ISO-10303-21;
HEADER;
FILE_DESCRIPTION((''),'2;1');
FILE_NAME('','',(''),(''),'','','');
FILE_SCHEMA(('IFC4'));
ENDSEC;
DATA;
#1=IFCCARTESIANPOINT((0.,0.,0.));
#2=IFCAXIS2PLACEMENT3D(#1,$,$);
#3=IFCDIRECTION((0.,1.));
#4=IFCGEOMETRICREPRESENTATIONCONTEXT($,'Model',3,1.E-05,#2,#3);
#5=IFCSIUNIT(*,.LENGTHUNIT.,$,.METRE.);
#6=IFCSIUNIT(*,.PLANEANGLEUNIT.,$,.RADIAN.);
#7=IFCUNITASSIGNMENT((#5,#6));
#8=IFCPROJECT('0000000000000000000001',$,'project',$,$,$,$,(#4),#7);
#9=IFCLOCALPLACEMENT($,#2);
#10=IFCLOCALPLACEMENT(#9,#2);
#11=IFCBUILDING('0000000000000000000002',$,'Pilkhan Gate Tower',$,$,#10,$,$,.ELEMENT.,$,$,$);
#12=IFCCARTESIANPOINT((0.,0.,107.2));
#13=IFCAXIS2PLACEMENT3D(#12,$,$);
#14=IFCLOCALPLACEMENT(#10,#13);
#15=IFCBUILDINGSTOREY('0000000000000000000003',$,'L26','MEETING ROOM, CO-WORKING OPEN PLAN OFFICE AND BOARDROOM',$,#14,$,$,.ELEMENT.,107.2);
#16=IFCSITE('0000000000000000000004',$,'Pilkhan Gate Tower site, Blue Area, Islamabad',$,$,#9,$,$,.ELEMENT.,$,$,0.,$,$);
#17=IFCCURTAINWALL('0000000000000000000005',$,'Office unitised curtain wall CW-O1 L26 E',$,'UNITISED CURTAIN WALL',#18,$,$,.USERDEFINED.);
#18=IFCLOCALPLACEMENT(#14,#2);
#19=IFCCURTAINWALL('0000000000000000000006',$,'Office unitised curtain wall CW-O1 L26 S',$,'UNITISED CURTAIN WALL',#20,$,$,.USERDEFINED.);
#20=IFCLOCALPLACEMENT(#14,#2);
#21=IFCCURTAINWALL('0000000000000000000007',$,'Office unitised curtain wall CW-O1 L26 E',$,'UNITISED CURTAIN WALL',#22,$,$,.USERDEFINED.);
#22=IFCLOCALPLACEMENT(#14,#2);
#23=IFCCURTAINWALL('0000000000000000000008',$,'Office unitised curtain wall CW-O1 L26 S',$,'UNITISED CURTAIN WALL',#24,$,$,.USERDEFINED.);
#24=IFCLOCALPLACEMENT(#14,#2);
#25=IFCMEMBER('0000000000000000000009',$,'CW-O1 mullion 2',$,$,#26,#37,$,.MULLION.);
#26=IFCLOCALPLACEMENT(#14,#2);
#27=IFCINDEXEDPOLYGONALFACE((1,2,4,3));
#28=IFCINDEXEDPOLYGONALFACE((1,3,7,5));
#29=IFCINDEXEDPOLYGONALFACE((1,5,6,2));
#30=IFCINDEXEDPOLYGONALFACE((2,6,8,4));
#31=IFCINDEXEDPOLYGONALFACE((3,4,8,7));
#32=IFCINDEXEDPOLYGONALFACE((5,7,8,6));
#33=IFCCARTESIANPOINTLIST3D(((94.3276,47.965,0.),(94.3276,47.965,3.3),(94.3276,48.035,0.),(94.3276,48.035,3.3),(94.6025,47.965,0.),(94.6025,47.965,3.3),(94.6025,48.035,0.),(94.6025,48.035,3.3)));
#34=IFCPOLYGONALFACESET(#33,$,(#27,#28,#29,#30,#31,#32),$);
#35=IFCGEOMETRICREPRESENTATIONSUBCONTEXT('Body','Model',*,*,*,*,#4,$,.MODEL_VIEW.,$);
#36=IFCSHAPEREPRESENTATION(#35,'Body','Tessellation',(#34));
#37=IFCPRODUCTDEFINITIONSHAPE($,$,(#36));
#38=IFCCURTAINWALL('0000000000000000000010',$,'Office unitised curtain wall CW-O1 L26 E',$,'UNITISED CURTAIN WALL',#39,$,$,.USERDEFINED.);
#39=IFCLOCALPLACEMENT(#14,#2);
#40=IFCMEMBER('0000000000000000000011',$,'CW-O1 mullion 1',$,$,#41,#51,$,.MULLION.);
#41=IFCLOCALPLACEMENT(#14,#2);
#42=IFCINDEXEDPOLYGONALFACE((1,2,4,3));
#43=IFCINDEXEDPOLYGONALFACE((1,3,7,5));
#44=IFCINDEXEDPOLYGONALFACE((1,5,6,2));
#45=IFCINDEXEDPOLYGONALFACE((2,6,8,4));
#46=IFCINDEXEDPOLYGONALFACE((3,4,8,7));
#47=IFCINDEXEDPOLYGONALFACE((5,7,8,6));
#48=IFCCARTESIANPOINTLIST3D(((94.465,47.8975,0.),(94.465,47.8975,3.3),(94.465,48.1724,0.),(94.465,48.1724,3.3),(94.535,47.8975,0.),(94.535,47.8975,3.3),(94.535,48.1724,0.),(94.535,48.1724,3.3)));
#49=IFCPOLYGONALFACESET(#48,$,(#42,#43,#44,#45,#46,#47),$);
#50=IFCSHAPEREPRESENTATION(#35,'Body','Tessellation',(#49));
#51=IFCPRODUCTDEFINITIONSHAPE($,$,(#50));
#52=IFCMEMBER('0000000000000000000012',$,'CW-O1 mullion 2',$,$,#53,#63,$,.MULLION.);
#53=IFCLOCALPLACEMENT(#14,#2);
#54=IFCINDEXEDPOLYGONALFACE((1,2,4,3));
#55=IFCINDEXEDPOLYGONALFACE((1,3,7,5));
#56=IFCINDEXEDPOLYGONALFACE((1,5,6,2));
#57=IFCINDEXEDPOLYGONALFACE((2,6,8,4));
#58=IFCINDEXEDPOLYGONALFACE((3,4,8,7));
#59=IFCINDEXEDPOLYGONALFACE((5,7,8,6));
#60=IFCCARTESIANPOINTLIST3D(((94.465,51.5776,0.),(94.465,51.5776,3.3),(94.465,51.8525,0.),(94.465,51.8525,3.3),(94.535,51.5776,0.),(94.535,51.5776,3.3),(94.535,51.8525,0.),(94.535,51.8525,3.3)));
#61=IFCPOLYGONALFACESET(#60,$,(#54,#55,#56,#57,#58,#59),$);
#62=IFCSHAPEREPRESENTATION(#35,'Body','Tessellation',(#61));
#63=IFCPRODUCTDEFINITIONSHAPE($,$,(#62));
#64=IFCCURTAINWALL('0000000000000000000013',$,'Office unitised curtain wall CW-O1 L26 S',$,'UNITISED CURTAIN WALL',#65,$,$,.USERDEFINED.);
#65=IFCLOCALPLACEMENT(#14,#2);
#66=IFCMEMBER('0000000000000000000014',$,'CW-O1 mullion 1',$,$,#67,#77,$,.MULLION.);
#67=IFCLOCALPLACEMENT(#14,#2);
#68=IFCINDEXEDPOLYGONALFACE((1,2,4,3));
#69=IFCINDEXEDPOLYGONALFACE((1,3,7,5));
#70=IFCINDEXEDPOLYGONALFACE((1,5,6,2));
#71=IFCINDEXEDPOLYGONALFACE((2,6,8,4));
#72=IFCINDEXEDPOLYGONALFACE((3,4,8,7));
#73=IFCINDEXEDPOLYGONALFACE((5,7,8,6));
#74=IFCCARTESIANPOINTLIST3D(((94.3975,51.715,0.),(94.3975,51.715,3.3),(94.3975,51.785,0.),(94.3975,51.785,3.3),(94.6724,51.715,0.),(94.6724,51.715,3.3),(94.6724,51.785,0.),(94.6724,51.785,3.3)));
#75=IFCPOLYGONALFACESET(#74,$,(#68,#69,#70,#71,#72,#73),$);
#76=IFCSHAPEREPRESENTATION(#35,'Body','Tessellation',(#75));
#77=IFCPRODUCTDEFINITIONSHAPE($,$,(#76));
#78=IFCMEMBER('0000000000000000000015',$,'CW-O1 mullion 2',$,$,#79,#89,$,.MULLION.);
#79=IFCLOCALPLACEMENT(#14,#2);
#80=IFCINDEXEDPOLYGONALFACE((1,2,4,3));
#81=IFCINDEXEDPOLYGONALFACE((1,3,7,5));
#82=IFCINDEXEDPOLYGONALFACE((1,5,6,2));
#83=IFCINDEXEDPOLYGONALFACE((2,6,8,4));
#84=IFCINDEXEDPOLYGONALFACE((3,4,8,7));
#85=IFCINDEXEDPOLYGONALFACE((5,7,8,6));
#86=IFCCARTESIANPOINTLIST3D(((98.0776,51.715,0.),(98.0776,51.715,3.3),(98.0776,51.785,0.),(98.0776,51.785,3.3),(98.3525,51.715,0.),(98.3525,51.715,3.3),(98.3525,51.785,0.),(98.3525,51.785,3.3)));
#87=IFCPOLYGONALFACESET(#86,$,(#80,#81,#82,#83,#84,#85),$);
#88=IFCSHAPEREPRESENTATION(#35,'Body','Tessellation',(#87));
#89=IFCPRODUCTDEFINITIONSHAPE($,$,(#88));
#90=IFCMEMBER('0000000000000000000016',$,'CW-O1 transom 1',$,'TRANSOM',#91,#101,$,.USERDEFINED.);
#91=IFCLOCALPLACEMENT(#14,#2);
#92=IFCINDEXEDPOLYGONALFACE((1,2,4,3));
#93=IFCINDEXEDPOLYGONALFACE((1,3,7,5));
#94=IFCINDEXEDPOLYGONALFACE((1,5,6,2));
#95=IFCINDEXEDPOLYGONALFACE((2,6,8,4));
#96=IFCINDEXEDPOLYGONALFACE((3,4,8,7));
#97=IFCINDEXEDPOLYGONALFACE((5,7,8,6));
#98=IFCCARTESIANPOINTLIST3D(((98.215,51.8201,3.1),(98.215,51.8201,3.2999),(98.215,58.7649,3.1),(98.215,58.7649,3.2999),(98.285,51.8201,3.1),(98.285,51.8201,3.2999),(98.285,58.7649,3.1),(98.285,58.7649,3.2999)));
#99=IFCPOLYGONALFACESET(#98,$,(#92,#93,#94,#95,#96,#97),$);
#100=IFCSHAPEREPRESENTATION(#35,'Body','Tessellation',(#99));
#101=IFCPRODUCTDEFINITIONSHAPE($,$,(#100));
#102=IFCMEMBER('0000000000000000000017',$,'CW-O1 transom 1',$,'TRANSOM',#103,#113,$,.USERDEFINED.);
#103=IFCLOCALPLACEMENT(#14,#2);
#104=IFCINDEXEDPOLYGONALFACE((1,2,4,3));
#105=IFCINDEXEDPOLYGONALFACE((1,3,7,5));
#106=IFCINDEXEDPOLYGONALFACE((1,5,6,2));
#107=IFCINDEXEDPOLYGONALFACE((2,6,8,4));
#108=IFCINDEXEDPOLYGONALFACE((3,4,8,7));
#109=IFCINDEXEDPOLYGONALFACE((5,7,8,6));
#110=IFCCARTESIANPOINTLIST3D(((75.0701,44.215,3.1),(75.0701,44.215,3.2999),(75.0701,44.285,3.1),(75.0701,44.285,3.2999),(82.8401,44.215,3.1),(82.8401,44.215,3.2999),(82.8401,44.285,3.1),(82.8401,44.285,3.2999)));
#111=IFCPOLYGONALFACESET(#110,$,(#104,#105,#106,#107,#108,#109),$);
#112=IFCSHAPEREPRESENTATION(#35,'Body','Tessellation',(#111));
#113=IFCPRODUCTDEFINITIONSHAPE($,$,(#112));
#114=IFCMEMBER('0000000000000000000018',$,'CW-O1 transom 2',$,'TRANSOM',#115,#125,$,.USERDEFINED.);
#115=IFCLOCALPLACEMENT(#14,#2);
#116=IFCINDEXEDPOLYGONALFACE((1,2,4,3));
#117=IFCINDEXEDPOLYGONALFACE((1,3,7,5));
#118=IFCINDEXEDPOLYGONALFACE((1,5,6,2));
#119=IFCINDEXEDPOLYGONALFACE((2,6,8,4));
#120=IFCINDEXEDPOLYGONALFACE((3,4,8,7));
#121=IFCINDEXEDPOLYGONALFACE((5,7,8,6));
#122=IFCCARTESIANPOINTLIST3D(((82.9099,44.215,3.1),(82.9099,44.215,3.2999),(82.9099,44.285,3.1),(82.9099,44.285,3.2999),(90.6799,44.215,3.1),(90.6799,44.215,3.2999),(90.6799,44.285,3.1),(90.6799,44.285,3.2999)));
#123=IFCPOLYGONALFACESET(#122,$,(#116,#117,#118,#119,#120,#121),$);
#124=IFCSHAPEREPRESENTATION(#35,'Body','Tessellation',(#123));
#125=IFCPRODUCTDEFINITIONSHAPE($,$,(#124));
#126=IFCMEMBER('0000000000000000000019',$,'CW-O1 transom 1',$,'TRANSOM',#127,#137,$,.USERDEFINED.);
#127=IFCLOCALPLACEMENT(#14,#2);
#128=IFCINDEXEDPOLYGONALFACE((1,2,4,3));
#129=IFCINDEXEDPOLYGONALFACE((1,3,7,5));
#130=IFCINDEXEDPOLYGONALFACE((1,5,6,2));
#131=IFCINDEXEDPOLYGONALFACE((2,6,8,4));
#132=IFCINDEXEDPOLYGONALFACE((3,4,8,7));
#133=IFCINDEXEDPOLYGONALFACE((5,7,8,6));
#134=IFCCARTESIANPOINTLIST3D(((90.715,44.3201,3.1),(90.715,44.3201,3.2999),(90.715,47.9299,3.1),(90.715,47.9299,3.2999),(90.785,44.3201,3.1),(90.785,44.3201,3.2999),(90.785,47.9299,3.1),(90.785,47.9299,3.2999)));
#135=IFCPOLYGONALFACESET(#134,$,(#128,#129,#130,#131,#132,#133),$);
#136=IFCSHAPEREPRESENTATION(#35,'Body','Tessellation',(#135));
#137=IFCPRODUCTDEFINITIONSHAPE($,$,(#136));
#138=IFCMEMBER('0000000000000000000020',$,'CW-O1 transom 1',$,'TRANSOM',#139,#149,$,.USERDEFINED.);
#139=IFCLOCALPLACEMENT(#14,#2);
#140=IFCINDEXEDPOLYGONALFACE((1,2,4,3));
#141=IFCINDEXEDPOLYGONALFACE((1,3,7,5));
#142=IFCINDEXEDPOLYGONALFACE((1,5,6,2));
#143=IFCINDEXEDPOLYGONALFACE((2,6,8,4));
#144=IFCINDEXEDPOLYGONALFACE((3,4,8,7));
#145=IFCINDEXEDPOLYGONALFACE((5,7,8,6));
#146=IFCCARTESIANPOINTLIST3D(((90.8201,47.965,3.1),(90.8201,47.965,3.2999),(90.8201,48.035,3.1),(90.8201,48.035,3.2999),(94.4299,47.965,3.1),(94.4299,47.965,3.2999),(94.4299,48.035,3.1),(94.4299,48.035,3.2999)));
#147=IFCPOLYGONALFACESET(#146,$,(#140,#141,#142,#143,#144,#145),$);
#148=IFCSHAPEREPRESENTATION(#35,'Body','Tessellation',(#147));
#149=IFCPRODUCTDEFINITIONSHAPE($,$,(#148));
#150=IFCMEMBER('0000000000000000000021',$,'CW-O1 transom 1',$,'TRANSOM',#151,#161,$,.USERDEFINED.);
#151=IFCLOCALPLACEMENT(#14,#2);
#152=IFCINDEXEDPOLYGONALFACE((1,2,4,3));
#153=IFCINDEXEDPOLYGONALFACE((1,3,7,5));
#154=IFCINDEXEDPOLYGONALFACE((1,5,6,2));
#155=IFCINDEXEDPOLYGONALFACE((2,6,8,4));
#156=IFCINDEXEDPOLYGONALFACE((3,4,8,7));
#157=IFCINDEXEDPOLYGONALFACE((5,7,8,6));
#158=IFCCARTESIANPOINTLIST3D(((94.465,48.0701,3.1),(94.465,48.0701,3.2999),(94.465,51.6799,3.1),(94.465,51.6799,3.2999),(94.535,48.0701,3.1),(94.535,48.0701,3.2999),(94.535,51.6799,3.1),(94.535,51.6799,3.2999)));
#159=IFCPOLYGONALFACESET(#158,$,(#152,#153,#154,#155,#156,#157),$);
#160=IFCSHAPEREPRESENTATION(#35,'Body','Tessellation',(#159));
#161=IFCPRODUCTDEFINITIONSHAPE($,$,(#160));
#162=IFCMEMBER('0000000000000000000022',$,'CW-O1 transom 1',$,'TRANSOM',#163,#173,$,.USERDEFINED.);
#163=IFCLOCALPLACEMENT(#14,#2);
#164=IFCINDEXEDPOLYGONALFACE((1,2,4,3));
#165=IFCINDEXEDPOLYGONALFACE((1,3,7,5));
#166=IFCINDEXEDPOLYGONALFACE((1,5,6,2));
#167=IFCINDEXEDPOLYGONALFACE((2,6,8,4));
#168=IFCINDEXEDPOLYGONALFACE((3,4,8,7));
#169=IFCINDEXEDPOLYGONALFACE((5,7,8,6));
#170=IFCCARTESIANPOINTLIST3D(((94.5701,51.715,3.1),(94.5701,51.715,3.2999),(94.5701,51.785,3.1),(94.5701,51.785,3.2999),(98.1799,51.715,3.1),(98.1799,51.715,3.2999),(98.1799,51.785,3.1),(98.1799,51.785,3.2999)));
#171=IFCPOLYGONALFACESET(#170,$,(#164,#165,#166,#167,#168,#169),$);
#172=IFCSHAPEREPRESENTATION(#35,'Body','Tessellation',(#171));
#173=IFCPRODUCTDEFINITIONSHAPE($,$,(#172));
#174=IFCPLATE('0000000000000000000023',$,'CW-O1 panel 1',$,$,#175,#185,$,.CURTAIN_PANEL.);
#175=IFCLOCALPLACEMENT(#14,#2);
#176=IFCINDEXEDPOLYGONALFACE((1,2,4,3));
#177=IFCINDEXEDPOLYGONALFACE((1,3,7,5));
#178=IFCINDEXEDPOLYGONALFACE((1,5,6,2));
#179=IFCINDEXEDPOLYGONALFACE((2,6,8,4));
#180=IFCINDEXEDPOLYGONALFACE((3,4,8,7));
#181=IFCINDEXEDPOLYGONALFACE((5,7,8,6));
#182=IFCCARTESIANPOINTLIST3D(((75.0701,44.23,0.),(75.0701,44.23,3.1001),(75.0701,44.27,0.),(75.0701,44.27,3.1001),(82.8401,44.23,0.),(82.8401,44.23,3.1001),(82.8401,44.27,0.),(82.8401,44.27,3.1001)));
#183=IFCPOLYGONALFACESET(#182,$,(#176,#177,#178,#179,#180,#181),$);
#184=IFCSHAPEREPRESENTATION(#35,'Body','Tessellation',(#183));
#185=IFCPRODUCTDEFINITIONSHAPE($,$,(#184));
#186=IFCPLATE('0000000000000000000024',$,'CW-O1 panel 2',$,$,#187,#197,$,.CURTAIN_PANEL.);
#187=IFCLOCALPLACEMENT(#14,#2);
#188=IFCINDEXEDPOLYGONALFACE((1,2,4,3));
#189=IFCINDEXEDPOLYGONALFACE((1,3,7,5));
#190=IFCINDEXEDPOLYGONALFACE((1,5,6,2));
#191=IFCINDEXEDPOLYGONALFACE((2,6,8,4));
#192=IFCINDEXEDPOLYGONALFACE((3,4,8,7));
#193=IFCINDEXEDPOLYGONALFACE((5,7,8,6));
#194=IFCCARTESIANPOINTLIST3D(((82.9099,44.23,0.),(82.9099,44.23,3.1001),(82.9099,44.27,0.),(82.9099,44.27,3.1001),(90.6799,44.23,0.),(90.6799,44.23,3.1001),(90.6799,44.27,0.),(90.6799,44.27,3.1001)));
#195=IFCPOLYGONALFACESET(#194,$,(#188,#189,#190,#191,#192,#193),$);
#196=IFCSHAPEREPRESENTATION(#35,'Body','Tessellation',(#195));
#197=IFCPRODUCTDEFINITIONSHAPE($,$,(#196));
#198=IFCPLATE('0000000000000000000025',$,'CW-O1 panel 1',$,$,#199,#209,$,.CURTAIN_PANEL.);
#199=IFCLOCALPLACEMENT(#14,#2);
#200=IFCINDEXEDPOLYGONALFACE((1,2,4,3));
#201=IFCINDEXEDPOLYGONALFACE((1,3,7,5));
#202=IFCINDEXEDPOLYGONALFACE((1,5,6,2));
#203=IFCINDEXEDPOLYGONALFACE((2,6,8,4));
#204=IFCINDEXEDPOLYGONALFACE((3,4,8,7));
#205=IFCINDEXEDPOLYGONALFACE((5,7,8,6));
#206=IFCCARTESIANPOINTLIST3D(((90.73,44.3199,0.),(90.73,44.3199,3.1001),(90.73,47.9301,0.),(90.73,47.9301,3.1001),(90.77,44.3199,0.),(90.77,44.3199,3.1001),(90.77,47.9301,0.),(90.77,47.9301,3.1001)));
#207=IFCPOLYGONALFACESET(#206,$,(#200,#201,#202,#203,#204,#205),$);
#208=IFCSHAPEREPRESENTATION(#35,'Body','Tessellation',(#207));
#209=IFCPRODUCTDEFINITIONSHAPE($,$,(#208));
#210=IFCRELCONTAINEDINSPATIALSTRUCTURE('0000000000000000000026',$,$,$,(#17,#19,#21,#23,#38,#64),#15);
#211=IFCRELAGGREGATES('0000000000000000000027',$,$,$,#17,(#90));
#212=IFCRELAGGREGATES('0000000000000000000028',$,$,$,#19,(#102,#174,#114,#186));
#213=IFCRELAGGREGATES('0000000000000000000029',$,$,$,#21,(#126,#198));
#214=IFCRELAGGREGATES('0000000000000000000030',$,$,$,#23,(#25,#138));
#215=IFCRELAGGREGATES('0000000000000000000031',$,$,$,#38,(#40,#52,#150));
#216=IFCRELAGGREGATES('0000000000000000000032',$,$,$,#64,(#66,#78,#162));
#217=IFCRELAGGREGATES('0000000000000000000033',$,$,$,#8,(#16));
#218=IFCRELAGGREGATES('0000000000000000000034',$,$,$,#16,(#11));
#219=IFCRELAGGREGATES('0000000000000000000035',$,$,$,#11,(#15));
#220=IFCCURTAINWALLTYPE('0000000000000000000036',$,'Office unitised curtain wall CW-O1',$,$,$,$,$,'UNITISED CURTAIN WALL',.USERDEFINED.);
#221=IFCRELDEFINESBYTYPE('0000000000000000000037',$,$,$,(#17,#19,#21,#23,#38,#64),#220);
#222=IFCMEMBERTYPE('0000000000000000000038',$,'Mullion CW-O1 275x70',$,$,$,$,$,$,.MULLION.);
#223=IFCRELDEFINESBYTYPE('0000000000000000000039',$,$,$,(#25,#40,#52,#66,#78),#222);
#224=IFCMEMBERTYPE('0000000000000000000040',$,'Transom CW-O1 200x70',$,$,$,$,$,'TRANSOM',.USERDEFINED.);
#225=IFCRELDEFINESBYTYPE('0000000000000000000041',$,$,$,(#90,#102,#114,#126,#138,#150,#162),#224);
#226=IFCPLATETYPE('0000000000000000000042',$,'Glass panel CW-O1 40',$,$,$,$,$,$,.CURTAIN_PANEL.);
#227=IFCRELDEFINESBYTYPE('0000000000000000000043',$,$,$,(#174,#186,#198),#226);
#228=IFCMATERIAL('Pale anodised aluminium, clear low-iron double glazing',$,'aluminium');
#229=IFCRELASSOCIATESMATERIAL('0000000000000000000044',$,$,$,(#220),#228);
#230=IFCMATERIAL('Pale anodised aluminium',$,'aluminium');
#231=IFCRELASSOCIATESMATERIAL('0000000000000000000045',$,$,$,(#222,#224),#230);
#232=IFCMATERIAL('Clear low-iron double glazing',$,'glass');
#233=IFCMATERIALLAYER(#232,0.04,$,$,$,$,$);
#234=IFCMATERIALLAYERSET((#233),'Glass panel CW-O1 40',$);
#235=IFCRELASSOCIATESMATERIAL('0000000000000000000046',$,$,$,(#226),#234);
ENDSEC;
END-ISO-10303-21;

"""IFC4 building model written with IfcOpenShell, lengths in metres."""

from ifc_helpers import new_model, si_unit, direction, frame, origin, origin_2d, place, context, subcontext, project, spatial, rectangle, extrude, material, layer, layer_set, material_profile, profile_set, type_object, element, aggregate, save


model = new_model("IFC4")

# Units and contexts
model_context = context("Model", 3, precision=1e-05, world=origin(), true_north=direction((0.0, 1.0)))
body_context = subcontext(model_context, "Body", "Model", "MODEL_VIEW")
ifc_project = project(units=[si_unit("LENGTHUNIT", "METRE"), si_unit("PLANEANGLEUNIT", "RADIAN")], contexts=[model_context])

# Site, building, storey
site_placement = place(None, origin())
site = spatial("IfcSite", under=ifc_project, at=site_placement, Name="Pilkhan Gate Tower site, Blue Area, Islamabad", CompositionType="ELEMENT", RefElevation=0.0)
building_placement = place(site_placement, origin())
building = spatial("IfcBuilding", under=site, at=building_placement, Name="Pilkhan Gate Tower", CompositionType="ELEMENT")
storey_placement = place(building_placement, frame((0.0, 0.0, 107.2)))
storey = spatial("IfcBuildingStorey", under=building, at=storey_placement, Name="L26", Description="MEETING ROOM, CO-WORKING OPEN PLAN OFFICE AND BOARDROOM", CompositionType="ELEMENT", Elevation=107.2)

# Curtain wall
ifc_material_1 = material(Name="Pale anodised aluminium, clear low-iron double glazing", Category="aluminium")
curtain_wall_type = type_object("IfcCurtainWallType", Name="Office unitised curtain wall CW-O1", ElementType="UNITISED CURTAIN WALL", PredefinedType="USERDEFINED", material=ifc_material_1)
curtain_wall_1_placement = place(storey_placement, origin())
curtain_wall_1 = element("IfcCurtainWall", 1, at=curtain_wall_1_placement, inside=storey, type_object=curtain_wall_type, Name="Office unitised curtain wall CW-O1 L26 E", ObjectType="UNITISED CURTAIN WALL", PredefinedType="USERDEFINED")
ifc_material_2 = material(Name="Pale anodised aluminium", Category="aluminium")
ifc_material_profile_1 = material_profile(ifc_material_2, rectangle(XDim=0.0701, YDim=0.2749, at=origin_2d()), Name="Mullion 275x70")
ifc_profile_set_1 = profile_set([ifc_material_profile_1], Name="Pale anodised aluminium")
member_type_1 = type_object("IfcMemberType", Name="Mullion CW-O1 275x70", PredefinedType="MULLION", material=ifc_profile_set_1)

# Curtain walls, members
curtain_wall_2_placement = place(storey_placement, origin())
curtain_wall_2 = element("IfcCurtainWall", 2, at=curtain_wall_2_placement, inside=storey, type_object=curtain_wall_type, Name="Office unitised curtain wall CW-O1 L26 S", ObjectType="UNITISED CURTAIN WALL", PredefinedType="USERDEFINED")
curtain_wall_3_placement = place(storey_placement, origin())
curtain_wall_3 = element("IfcCurtainWall", 3, at=curtain_wall_3_placement, inside=storey, type_object=curtain_wall_type, Name="Office unitised curtain wall CW-O1 L26 E", ObjectType="UNITISED CURTAIN WALL", PredefinedType="USERDEFINED")
curtain_wall_4_placement = place(storey_placement, origin())
curtain_wall_4 = element("IfcCurtainWall", 4, at=curtain_wall_4_placement, inside=storey, type_object=curtain_wall_type, Name="Office unitised curtain wall CW-O1 L26 S", ObjectType="UNITISED CURTAIN WALL", PredefinedType="USERDEFINED")
member_1_placement = place(storey_placement, frame((94.4651, 48.0, 0.0), z_axis=(0.0, 0.0, 1.0), x_axis=(0.0, 1.0, 0.0)))
member_1 = element("IfcMember", 5, at=member_1_placement, type_object=member_type_1, Name="CW-O1 mullion 2", PredefinedType="MULLION", context=body_context, shape_type="SweptSolid", body=[
    extrude(rectangle(XDim=0.0701, YDim=0.2749, at=origin_2d()), origin(), (0.0, 0.0, 1.0), 3.3),
])
curtain_wall_5_placement = place(storey_placement, origin())
curtain_wall_5 = element("IfcCurtainWall", 6, at=curtain_wall_5_placement, inside=storey, type_object=curtain_wall_type, Name="Office unitised curtain wall CW-O1 L26 E", ObjectType="UNITISED CURTAIN WALL", PredefinedType="USERDEFINED")
member_2_placement = place(storey_placement, frame((94.5, 48.0349, 0.0), z_axis=(0.0, 0.0, 1.0), x_axis=(-1.0, 0.0, 0.0)))
member_2 = element("IfcMember", 7, at=member_2_placement, type_object=member_type_1, Name="CW-O1 mullion 1", PredefinedType="MULLION", context=body_context, shape_type="SweptSolid", body=[
    extrude(rectangle(XDim=0.0701, YDim=0.2749, at=origin_2d()), origin(), (0.0, 0.0, 1.0), 3.3),
])
member_3_placement = place(storey_placement, frame((94.5, 51.7151, 0.0), z_axis=(0.0, 0.0, 1.0), x_axis=(-1.0, 0.0, 0.0)))
member_3 = element("IfcMember", 8, at=member_3_placement, type_object=member_type_1, Name="CW-O1 mullion 2", PredefinedType="MULLION", context=body_context, shape_type="SweptSolid", body=[
    extrude(rectangle(XDim=0.0701, YDim=0.2749, at=origin_2d()), origin(), (0.0, 0.0, 1.0), 3.3),
])
curtain_wall_6_placement = place(storey_placement, origin())
curtain_wall_6 = element("IfcCurtainWall", 9, at=curtain_wall_6_placement, inside=storey, type_object=curtain_wall_type, Name="Office unitised curtain wall CW-O1 L26 S", ObjectType="UNITISED CURTAIN WALL", PredefinedType="USERDEFINED")
member_4_placement = place(storey_placement, frame((94.5349, 51.75, 0.0), z_axis=(0.0, 0.0, 1.0), x_axis=(0.0, 1.0, 0.0)))
member_4 = element("IfcMember", 10, at=member_4_placement, type_object=member_type_1, Name="CW-O1 mullion 1", PredefinedType="MULLION", context=body_context, shape_type="SweptSolid", body=[
    extrude(rectangle(XDim=0.0701, YDim=0.2749, at=origin_2d()), origin(), (0.0, 0.0, 1.0), 3.3),
])
member_5_placement = place(storey_placement, frame((98.2151, 51.75, 0.0), z_axis=(0.0, 0.0, 1.0), x_axis=(0.0, 1.0, 0.0)))
member_5 = element("IfcMember", 11, at=member_5_placement, type_object=member_type_1, Name="CW-O1 mullion 2", PredefinedType="MULLION", context=body_context, shape_type="SweptSolid", body=[
    extrude(rectangle(XDim=0.0701, YDim=0.2749, at=origin_2d()), origin(), (0.0, 0.0, 1.0), 3.3),
])

# Members
ifc_material_profile_2 = material_profile(ifc_material_2, rectangle(XDim=0.0701, YDim=0.2, at=origin_2d()), Name="Transom 200x70")
ifc_profile_set_2 = profile_set([ifc_material_profile_2], Name="Pale anodised aluminium")
member_type_2 = type_object("IfcMemberType", Name="Transom CW-O1 200x70", ElementType="TRANSOM", PredefinedType="USERDEFINED", material=ifc_profile_set_2)
member_6_placement = place(storey_placement, frame((98.25, 51.8201, 3.2), z_axis=(0.0, 1.0, 0.0), x_axis=(-1.0, 0.0, 0.0)))
member_6 = element("IfcMember", 12, at=member_6_placement, type_object=member_type_2, Name="CW-O1 transom 1", ObjectType="TRANSOM", PredefinedType="USERDEFINED", context=body_context, shape_type="SweptSolid", body=[
    extrude(rectangle(XDim=0.0701, YDim=0.2, at=origin_2d()), origin(), (0.0, 0.0, 1.0), 6.9448),
])
aggregate(curtain_wall_1, [member_6])
member_7_placement = place(storey_placement, frame((75.0701, 44.25, 3.2), z_axis=(1.0, 0.0, 0.0), x_axis=(0.0, 1.0, 0.0)))
member_7 = element("IfcMember", 13, at=member_7_placement, type_object=member_type_2, Name="CW-O1 transom 1", ObjectType="TRANSOM", PredefinedType="USERDEFINED", context=body_context, shape_type="SweptSolid", body=[
    extrude(rectangle(XDim=0.0701, YDim=0.2, at=origin_2d()), origin(), (0.0, 0.0, 1.0), 7.77),
])
member_8_placement = place(storey_placement, frame((82.9099, 44.25, 3.2), z_axis=(1.0, 0.0, 0.0), x_axis=(0.0, 1.0, 0.0)))
member_8 = element("IfcMember", 14, at=member_8_placement, type_object=member_type_2, Name="CW-O1 transom 2", ObjectType="TRANSOM", PredefinedType="USERDEFINED", context=body_context, shape_type="SweptSolid", body=[
    extrude(rectangle(XDim=0.0701, YDim=0.2, at=origin_2d()), origin(), (0.0, 0.0, 1.0), 7.77),
])
member_9_placement = place(storey_placement, frame((90.75, 44.3201, 3.2), z_axis=(0.0, 1.0, 0.0), x_axis=(-1.0, 0.0, 0.0)))
member_9 = element("IfcMember", 15, at=member_9_placement, type_object=member_type_2, Name="CW-O1 transom 1", ObjectType="TRANSOM", PredefinedType="USERDEFINED", context=body_context, shape_type="SweptSolid", body=[
    extrude(rectangle(XDim=0.0701, YDim=0.2, at=origin_2d()), origin(), (0.0, 0.0, 1.0), 3.6099),
])
member_10_placement = place(storey_placement, frame((90.8201, 48.0, 3.2), z_axis=(1.0, 0.0, 0.0), x_axis=(0.0, 1.0, 0.0)))
member_10 = element("IfcMember", 16, at=member_10_placement, type_object=member_type_2, Name="CW-O1 transom 1", ObjectType="TRANSOM", PredefinedType="USERDEFINED", context=body_context, shape_type="SweptSolid", body=[
    extrude(rectangle(XDim=0.0701, YDim=0.2, at=origin_2d()), origin(), (0.0, 0.0, 1.0), 3.6099),
])
member_11_placement = place(storey_placement, frame((94.5, 48.0701, 3.2), z_axis=(0.0, 1.0, 0.0), x_axis=(-1.0, 0.0, 0.0)))
member_11 = element("IfcMember", 17, at=member_11_placement, type_object=member_type_2, Name="CW-O1 transom 1", ObjectType="TRANSOM", PredefinedType="USERDEFINED", context=body_context, shape_type="SweptSolid", body=[
    extrude(rectangle(XDim=0.0701, YDim=0.2, at=origin_2d()), origin(), (0.0, 0.0, 1.0), 3.6099),
])
member_12_placement = place(storey_placement, frame((94.5701, 51.75, 3.2), z_axis=(1.0, 0.0, 0.0), x_axis=(0.0, 1.0, 0.0)))
member_12 = element("IfcMember", 18, at=member_12_placement, type_object=member_type_2, Name="CW-O1 transom 1", ObjectType="TRANSOM", PredefinedType="USERDEFINED", context=body_context, shape_type="SweptSolid", body=[
    extrude(rectangle(XDim=0.0701, YDim=0.2, at=origin_2d()), origin(), (0.0, 0.0, 1.0), 3.6099),
])

# Plates
ifc_material_3 = material(Name="Clear low-iron double glazing", Category="glass")
ifc_layer_1 = layer(ifc_material_3, 0.04)
ifc_layer_set_1 = layer_set([ifc_layer_1], Name="Glass panel CW-O1 40")
plate_type = type_object("IfcPlateType", Name="Glass panel CW-O1 40", PredefinedType="CURTAIN_PANEL", material=ifc_layer_set_1)
plate_1_placement = place(storey_placement, frame((78.9551, 44.25, 0.0), z_axis=(0.0, 0.0, 1.0), x_axis=(1.0, 0.0, 0.0)))
plate_1 = element("IfcPlate", 19, at=plate_1_placement, type_object=plate_type, Name="CW-O1 panel 1", PredefinedType="CURTAIN_PANEL", context=body_context, shape_type="SweptSolid", body=[
    extrude(rectangle(XDim=7.77, YDim=0.04, at=origin_2d()), origin(), (0.0, 0.0, 1.0), 3.1001),
])
plate_2_placement = place(storey_placement, frame((86.7949, 44.25, 0.0), z_axis=(0.0, 0.0, 1.0), x_axis=(1.0, 0.0, 0.0)))
plate_2 = element("IfcPlate", 20, at=plate_2_placement, type_object=plate_type, Name="CW-O1 panel 2", PredefinedType="CURTAIN_PANEL", context=body_context, shape_type="SweptSolid", body=[
    extrude(rectangle(XDim=7.77, YDim=0.04, at=origin_2d()), origin(), (0.0, 0.0, 1.0), 3.1001),
])
aggregate(curtain_wall_2, [member_7, plate_1, member_8, plate_2])
plate_3_placement = place(storey_placement, frame((90.75, 46.125, 0.0), z_axis=(0.0, 0.0, 1.0), x_axis=(0.0, 1.0, 0.0)))
plate_3 = element("IfcPlate", 21, at=plate_3_placement, type_object=plate_type, Name="CW-O1 panel 1", PredefinedType="CURTAIN_PANEL", context=body_context, shape_type="SweptSolid", body=[
    extrude(rectangle(XDim=3.6101, YDim=0.04, at=origin_2d()), origin(), (0.0, 0.0, 1.0), 3.1001),
])
aggregate(curtain_wall_3, [member_9, plate_3])
aggregate(curtain_wall_4, [member_1, member_10])
aggregate(curtain_wall_5, [member_2, member_3, member_11])
aggregate(curtain_wall_6, [member_4, member_5, member_12])

save(model, "model.ifc")
